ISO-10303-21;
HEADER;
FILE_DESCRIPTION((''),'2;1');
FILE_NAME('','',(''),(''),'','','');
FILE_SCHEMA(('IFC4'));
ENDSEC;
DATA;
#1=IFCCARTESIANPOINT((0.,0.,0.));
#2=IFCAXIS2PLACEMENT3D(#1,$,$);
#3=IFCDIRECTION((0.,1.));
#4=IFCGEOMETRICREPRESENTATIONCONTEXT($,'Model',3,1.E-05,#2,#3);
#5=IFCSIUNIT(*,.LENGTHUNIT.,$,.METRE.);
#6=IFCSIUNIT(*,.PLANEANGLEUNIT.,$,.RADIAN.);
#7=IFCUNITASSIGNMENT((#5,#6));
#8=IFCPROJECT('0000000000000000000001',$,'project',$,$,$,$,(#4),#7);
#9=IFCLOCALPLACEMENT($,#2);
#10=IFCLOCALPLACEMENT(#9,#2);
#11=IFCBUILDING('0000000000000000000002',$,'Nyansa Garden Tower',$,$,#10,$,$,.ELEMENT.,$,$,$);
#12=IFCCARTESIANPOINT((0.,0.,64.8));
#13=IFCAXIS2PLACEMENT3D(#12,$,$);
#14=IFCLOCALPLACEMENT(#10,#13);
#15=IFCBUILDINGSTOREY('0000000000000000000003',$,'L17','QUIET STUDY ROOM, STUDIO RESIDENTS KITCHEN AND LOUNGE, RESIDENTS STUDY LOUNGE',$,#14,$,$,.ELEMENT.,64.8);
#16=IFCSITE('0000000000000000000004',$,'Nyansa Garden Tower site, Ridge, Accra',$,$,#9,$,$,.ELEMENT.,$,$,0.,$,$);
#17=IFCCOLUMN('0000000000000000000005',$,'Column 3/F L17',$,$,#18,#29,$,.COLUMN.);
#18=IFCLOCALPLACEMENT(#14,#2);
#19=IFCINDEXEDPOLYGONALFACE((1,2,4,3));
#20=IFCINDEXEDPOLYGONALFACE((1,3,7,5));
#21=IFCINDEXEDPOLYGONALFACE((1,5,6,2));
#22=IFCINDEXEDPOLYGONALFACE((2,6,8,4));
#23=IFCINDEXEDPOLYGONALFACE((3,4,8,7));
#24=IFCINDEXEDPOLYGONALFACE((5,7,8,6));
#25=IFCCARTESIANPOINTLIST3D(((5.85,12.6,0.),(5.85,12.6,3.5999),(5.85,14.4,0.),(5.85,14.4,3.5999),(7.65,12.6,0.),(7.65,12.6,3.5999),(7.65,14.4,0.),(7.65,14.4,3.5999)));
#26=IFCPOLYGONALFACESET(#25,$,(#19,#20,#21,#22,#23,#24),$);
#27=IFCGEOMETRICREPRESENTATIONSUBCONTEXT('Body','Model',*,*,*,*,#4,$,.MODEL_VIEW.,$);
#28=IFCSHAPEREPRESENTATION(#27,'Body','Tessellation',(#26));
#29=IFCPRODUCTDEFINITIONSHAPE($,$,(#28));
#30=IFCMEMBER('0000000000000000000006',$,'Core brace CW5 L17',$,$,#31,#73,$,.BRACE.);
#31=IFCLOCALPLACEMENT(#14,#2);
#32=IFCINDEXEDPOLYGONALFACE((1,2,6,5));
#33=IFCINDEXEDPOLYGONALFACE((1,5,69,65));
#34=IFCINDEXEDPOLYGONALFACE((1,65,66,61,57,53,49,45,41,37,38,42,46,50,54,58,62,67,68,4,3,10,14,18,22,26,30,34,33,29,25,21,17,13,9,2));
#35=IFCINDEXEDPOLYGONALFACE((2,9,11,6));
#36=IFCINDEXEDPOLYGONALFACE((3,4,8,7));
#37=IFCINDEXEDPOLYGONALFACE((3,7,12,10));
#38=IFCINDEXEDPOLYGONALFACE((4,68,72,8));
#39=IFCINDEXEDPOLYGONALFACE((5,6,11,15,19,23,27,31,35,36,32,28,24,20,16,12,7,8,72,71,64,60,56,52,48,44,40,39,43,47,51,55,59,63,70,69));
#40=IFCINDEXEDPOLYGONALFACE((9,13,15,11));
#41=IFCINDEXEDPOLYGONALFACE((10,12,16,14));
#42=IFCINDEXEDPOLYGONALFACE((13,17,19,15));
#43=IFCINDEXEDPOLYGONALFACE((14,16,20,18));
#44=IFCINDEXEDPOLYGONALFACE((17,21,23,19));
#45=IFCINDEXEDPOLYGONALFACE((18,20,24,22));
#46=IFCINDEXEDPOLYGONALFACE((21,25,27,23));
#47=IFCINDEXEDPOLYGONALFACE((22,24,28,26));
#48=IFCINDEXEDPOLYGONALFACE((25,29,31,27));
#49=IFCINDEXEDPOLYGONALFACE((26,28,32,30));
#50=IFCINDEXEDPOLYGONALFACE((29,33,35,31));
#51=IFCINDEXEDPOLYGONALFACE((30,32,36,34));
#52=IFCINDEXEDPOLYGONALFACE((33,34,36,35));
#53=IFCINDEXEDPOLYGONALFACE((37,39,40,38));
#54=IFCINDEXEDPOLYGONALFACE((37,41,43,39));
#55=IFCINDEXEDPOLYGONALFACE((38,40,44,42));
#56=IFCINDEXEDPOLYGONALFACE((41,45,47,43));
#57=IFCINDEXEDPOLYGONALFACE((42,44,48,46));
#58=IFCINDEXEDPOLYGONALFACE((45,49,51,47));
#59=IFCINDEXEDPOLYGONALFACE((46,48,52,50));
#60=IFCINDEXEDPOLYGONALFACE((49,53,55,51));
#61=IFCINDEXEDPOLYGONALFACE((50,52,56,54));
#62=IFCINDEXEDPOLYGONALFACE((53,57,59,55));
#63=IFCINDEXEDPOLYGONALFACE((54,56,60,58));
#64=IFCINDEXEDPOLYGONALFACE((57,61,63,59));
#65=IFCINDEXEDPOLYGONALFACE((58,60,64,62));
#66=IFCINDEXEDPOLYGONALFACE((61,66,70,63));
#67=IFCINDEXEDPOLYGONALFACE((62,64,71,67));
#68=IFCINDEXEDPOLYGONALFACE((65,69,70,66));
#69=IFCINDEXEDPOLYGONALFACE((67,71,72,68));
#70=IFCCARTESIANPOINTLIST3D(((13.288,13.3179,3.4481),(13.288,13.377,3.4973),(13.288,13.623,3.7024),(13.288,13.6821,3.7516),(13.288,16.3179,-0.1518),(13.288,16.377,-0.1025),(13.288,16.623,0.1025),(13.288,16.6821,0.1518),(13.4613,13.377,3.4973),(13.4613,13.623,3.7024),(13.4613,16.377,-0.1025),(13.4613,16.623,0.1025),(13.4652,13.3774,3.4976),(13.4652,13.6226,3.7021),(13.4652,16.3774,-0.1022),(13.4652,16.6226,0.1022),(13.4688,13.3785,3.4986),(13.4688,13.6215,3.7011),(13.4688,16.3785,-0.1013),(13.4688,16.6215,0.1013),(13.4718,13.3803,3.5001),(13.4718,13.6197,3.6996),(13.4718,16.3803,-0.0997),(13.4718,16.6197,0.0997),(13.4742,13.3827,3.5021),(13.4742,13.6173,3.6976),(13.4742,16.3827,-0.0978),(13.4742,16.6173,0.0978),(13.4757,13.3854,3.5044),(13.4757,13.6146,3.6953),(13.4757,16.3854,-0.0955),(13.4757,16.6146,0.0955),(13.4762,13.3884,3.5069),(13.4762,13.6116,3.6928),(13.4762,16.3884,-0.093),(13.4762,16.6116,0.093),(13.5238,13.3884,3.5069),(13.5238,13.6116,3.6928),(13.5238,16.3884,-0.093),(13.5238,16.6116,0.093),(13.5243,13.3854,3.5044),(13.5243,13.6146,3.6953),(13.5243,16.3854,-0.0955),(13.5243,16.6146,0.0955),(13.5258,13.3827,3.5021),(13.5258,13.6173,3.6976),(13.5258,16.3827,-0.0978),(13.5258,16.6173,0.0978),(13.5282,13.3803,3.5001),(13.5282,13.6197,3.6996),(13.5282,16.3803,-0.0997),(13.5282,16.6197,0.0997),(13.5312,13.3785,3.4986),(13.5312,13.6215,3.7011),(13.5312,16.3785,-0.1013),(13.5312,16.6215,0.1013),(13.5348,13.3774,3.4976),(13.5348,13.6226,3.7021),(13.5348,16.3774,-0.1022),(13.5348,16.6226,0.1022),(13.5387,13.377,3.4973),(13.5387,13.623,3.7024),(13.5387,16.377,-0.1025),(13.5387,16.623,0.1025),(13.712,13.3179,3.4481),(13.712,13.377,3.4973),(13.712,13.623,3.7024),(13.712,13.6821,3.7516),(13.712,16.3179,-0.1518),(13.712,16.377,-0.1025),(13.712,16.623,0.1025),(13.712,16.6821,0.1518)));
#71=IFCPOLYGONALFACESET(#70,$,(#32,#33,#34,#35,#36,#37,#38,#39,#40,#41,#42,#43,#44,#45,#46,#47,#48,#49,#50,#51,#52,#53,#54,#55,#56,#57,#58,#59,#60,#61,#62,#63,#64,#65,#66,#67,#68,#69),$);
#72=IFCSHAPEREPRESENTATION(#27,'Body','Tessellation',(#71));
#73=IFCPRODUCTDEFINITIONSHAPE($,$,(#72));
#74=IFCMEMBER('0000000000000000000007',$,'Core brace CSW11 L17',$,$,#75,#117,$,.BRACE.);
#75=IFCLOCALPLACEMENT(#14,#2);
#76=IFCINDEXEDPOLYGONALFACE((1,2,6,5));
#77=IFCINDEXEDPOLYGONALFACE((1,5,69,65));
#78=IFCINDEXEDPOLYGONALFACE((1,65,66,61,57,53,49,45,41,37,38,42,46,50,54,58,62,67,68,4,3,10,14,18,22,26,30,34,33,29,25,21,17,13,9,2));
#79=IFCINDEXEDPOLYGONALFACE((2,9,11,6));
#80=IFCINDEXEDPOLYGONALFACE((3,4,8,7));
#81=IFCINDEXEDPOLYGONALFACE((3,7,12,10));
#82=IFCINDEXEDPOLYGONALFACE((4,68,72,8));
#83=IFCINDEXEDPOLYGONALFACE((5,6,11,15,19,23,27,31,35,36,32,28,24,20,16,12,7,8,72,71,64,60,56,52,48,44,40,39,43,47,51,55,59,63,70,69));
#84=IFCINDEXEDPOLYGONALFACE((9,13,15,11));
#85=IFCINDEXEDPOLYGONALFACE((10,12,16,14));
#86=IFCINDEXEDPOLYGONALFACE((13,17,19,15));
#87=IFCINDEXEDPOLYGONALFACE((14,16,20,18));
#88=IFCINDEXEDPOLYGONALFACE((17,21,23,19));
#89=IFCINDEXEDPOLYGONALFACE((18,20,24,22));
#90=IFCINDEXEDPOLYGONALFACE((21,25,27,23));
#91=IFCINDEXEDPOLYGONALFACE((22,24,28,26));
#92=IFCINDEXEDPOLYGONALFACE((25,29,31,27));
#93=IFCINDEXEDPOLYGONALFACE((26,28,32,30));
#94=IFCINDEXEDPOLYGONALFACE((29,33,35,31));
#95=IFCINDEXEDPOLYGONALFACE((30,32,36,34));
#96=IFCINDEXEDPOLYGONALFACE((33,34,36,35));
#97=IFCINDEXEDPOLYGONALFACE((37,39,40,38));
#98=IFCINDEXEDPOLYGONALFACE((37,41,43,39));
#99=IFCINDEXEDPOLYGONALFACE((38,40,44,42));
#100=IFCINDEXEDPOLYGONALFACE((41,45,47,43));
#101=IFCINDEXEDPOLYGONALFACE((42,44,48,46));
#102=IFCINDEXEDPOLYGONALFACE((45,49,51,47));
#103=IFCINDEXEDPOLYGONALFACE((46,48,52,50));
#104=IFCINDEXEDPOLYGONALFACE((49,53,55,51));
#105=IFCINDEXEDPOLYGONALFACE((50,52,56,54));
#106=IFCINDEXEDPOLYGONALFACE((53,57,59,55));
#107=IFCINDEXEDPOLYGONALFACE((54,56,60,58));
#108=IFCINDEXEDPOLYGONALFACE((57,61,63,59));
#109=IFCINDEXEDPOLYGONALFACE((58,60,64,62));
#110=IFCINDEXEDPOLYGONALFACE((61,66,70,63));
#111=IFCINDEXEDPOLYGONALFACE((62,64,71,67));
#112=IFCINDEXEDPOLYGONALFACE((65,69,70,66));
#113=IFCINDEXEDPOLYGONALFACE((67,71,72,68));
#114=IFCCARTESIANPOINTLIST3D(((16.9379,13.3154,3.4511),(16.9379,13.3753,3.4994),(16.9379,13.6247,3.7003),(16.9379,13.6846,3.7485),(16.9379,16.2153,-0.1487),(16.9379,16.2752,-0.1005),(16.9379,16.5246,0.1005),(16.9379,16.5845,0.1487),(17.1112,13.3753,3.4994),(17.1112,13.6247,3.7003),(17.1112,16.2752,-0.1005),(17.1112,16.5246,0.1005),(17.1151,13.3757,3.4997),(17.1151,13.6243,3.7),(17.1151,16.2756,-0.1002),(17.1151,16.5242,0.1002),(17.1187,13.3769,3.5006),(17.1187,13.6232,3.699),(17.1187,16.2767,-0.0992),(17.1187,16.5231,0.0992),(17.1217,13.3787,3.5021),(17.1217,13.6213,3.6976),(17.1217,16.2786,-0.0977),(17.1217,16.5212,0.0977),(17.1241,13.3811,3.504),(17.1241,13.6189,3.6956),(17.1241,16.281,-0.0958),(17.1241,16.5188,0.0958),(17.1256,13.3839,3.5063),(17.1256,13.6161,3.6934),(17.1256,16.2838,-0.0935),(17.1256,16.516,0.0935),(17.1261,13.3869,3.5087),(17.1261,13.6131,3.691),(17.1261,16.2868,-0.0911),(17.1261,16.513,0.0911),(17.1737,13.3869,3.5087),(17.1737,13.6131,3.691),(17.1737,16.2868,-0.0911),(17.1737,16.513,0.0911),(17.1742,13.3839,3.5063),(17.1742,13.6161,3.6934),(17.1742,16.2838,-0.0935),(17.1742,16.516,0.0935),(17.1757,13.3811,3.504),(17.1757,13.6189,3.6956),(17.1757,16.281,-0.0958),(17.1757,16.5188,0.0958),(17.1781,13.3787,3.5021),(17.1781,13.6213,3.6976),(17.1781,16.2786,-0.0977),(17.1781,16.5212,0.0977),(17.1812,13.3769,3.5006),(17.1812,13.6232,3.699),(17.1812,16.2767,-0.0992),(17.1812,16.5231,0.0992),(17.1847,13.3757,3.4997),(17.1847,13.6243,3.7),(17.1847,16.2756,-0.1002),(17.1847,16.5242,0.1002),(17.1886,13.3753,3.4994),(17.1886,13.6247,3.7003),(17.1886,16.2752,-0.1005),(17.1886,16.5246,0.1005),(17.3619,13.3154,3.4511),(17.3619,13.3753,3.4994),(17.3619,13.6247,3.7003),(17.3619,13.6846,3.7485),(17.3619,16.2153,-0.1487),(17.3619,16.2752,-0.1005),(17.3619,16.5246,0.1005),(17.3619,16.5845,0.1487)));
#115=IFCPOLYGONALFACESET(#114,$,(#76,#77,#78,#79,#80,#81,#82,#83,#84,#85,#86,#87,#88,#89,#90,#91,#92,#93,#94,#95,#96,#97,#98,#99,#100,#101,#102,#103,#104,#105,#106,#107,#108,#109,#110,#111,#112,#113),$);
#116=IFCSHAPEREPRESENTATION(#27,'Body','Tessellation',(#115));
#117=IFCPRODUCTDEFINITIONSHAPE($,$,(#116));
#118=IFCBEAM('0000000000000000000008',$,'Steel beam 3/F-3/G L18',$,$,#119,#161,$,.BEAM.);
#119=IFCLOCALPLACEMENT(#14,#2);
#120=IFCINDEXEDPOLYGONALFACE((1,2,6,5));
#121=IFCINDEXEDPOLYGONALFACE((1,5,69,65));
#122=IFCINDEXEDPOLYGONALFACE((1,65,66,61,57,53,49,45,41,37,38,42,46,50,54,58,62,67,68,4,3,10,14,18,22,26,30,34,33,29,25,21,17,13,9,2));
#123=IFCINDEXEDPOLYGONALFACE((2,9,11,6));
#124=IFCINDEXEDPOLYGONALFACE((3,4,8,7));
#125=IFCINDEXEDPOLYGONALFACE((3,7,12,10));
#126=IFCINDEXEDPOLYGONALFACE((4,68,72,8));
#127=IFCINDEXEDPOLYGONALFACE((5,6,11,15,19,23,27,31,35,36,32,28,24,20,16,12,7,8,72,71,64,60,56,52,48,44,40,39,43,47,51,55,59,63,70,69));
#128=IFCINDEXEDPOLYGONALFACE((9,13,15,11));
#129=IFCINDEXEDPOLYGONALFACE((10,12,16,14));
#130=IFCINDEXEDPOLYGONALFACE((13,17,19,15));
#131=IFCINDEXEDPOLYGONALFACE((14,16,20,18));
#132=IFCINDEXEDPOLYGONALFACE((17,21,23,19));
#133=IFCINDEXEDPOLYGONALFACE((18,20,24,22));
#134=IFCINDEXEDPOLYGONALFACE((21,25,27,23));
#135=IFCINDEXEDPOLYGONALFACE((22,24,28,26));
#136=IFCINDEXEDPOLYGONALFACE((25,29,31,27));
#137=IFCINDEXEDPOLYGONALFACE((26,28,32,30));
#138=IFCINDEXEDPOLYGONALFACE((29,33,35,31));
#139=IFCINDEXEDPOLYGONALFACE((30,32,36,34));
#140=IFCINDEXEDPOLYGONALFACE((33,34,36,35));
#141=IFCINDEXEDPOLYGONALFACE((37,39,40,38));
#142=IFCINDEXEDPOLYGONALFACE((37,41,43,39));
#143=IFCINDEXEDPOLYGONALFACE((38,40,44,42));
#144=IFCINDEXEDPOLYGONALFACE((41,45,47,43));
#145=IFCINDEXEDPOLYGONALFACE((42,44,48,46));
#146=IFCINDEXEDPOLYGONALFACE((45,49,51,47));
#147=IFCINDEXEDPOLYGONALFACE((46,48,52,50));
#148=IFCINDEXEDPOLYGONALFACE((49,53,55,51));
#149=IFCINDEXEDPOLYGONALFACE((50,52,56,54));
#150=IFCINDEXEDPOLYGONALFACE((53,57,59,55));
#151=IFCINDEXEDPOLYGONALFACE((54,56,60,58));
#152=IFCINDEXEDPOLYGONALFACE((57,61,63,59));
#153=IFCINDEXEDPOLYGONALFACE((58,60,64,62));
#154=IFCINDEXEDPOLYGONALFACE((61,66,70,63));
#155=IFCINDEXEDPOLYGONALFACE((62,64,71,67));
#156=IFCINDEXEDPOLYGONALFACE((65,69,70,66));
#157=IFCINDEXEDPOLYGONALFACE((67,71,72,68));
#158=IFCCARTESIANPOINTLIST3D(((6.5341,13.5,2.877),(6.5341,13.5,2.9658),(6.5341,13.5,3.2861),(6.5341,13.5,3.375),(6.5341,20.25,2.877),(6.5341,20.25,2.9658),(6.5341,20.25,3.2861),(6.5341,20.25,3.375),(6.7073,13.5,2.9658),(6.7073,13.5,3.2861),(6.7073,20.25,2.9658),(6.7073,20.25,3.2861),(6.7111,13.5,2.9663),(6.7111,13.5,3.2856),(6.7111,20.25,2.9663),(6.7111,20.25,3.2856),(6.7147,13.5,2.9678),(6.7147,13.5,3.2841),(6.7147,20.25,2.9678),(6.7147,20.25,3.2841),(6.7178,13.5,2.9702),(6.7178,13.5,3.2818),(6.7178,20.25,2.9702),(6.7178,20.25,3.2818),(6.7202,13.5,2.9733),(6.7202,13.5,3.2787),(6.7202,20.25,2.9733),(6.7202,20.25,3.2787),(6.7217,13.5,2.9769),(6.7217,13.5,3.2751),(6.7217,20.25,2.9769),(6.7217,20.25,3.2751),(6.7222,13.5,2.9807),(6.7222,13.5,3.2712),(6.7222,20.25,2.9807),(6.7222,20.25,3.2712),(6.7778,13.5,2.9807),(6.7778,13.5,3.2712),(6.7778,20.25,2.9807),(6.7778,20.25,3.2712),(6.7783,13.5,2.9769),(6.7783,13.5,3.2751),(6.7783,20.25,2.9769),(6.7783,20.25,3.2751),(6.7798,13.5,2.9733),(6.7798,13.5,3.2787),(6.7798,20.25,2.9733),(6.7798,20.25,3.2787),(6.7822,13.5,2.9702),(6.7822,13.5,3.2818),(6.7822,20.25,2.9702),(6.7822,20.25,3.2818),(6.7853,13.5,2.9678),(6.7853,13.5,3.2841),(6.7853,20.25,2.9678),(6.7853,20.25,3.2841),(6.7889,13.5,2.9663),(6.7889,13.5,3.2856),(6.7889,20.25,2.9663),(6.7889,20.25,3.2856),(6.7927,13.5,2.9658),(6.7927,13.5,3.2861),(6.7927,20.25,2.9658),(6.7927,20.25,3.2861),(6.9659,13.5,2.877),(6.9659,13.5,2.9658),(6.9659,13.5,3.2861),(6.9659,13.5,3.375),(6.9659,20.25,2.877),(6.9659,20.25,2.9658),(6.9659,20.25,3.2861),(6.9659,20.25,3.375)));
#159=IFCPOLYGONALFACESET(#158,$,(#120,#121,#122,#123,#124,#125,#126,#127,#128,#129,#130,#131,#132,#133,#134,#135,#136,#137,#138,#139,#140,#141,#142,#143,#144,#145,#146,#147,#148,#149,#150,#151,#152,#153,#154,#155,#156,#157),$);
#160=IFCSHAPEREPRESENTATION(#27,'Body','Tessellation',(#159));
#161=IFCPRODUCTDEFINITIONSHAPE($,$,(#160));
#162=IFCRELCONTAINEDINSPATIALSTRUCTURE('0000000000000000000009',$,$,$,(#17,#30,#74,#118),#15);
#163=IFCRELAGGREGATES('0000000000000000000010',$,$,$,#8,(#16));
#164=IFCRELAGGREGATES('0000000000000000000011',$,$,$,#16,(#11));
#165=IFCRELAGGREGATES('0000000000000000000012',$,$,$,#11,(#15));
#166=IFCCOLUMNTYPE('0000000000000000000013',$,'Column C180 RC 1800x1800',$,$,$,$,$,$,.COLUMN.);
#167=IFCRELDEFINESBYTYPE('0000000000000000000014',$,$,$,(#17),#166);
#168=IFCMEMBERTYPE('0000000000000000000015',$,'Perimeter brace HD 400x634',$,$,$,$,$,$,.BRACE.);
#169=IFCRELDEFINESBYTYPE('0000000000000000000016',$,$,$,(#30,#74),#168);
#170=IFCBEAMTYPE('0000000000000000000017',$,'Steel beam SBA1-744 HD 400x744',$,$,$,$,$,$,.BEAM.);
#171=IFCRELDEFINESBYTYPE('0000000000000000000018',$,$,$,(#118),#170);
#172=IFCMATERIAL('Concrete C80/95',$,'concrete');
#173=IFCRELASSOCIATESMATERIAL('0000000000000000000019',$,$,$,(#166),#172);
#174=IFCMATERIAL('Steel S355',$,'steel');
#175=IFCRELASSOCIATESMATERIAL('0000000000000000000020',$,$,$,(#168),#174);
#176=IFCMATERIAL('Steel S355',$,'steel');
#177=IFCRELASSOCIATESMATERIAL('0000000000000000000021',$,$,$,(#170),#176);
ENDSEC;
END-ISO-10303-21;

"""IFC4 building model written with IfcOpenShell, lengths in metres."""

from ifc_helpers import new_model, si_unit, direction, frame, origin, origin_2d, place, context, subcontext, project, spatial, rectangle, i_section, extrude, material, material_profile, profile_set, type_object, element, save


model = new_model("IFC4")

# Units and contexts
model_context = context("Model", 3, precision=1e-05, world=origin(), true_north=direction((0.0, 1.0)))
body_context = subcontext(model_context, "Body", "Model", "MODEL_VIEW")
ifc_project = project(units=[si_unit("LENGTHUNIT", "METRE"), si_unit("PLANEANGLEUNIT", "RADIAN")], contexts=[model_context])

# Site, building, storey
site_placement = place(None, origin())
site = spatial("IfcSite", under=ifc_project, at=site_placement, Name="Nyansa Garden Tower site, Ridge, Accra", CompositionType="ELEMENT", RefElevation=0.0)
building_placement = place(site_placement, origin())
building = spatial("IfcBuilding", under=site, at=building_placement, Name="Nyansa Garden Tower", CompositionType="ELEMENT")
storey_placement = place(building_placement, frame((0.0, 0.0, 64.8)))
storey = spatial("IfcBuildingStorey", under=building, at=storey_placement, Name="L17", Description="QUIET STUDY ROOM, STUDIO RESIDENTS KITCHEN AND LOUNGE, RESIDENTS STUDY LOUNGE", CompositionType="ELEMENT", Elevation=64.8)

# Column
ifc_material_1 = material(Name="Concrete C80/95", Category="concrete")
ifc_material_profile_1 = material_profile(ifc_material_1, rectangle(XDim=1.8, YDim=1.8, at=origin_2d()), Name="RC 1800x1800")
ifc_profile_set_1 = profile_set([ifc_material_profile_1], Name="Concrete C80/95")
column_type = type_object("IfcColumnType", Name="Column C180 RC 1800x1800", PredefinedType="COLUMN", material=ifc_profile_set_1)
column_placement = place(storey_placement, frame((6.75, 13.5, 0.0), z_axis=(0.0, 0.0, 1.0), x_axis=(1.0, 0.0, 0.0)))
element("IfcColumn", 1, at=column_placement, inside=storey, type_object=column_type, Name="Column 3/F L17", PredefinedType="COLUMN", context=body_context, shape_type="SweptSolid", body=[
    extrude(rectangle(XDim=1.8, YDim=1.8, at=origin_2d()), origin(), (0.0, 0.0, 1.0), 3.5999),
])

# Members
ifc_material_2 = material(Name="Steel S355", Category="steel")
ifc_material_profile_2 = material_profile(ifc_material_2, i_section(OverallWidth=0.4241, OverallDepth=0.4741, WebThickness=0.0476, FlangeThickness=0.0769, FilletRadius=0.0149, at=origin_2d()), Name="HD 400x634")
ifc_profile_set_2 = profile_set([ifc_material_profile_2], Name="Steel S355")
member_type = type_object("IfcMemberType", Name="Perimeter brace HD 400x634", PredefinedType="BRACE", material=ifc_profile_set_2)
member_1_placement = place(storey_placement, frame((13.5, 16.5, 0.0), z_axis=(0.0, -0.6402, 0.768208), x_axis=(1.0, 0.0, 0.0)))
element("IfcMember", 2, at=member_1_placement, inside=storey, type_object=member_type, Name="Core brace CW5 L17", PredefinedType="BRACE", context=body_context, shape_type="SweptSolid", body=[
    extrude(i_section(OverallWidth=0.4241, OverallDepth=0.4741, WebThickness=0.0476, FlangeThickness=0.0769, FilletRadius=0.0149, at=origin_2d()), origin(), (0.0, 0.0, 1.0), 4.686),
])
member_2_placement = place(storey_placement, frame((17.1499, 16.3999, 0.0), z_axis=(0.0, -0.627332, 0.778752), x_axis=(1.0, 0.0, 0.0)))
element("IfcMember", 3, at=member_2_placement, inside=storey, type_object=member_type, Name="Core brace CSW11 L17", PredefinedType="BRACE", context=body_context, shape_type="SweptSolid", body=[
    extrude(i_section(OverallWidth=0.4241, OverallDepth=0.4741, WebThickness=0.0476, FlangeThickness=0.0769, FilletRadius=0.0149, at=origin_2d()), origin(), (0.0, 0.0, 1.0), 4.6226),
])

# Beam
ifc_material_3 = material(Name="Steel S355", Category="steel")
ifc_material_profile_3 = material_profile(ifc_material_3, i_section(OverallWidth=0.4319, OverallDepth=0.498, WebThickness=0.0557, FlangeThickness=0.0889, FilletRadius=0.0149, at=origin_2d()), Name="HD 400x744")
ifc_profile_set_3 = profile_set([ifc_material_profile_3], Name="Steel S355")
beam_type_1 = type_object("IfcBeamType", Name="Steel beam SBA1-744 HD 400x744", PredefinedType="BEAM", material=ifc_profile_set_3)
beam_1_placement = place(storey_placement, frame((6.75, 13.5, 3.126), z_axis=(0.0, 1.0, 0.0), x_axis=(-1.0, 0.0, 0.0)))
element("IfcBeam", 4, at=beam_1_placement, inside=storey, type_object=beam_type_1, Name="Steel beam 3/F-3/G L18", PredefinedType="BEAM", context=body_context, shape_type="SweptSolid", body=[
    extrude(i_section(OverallWidth=0.4319, OverallDepth=0.498, WebThickness=0.0557, FlangeThickness=0.0889, FilletRadius=0.0149, at=origin_2d()), origin(), (0.0, 0.0, 1.0), 6.75),
])

save(model, "model.ifc")
